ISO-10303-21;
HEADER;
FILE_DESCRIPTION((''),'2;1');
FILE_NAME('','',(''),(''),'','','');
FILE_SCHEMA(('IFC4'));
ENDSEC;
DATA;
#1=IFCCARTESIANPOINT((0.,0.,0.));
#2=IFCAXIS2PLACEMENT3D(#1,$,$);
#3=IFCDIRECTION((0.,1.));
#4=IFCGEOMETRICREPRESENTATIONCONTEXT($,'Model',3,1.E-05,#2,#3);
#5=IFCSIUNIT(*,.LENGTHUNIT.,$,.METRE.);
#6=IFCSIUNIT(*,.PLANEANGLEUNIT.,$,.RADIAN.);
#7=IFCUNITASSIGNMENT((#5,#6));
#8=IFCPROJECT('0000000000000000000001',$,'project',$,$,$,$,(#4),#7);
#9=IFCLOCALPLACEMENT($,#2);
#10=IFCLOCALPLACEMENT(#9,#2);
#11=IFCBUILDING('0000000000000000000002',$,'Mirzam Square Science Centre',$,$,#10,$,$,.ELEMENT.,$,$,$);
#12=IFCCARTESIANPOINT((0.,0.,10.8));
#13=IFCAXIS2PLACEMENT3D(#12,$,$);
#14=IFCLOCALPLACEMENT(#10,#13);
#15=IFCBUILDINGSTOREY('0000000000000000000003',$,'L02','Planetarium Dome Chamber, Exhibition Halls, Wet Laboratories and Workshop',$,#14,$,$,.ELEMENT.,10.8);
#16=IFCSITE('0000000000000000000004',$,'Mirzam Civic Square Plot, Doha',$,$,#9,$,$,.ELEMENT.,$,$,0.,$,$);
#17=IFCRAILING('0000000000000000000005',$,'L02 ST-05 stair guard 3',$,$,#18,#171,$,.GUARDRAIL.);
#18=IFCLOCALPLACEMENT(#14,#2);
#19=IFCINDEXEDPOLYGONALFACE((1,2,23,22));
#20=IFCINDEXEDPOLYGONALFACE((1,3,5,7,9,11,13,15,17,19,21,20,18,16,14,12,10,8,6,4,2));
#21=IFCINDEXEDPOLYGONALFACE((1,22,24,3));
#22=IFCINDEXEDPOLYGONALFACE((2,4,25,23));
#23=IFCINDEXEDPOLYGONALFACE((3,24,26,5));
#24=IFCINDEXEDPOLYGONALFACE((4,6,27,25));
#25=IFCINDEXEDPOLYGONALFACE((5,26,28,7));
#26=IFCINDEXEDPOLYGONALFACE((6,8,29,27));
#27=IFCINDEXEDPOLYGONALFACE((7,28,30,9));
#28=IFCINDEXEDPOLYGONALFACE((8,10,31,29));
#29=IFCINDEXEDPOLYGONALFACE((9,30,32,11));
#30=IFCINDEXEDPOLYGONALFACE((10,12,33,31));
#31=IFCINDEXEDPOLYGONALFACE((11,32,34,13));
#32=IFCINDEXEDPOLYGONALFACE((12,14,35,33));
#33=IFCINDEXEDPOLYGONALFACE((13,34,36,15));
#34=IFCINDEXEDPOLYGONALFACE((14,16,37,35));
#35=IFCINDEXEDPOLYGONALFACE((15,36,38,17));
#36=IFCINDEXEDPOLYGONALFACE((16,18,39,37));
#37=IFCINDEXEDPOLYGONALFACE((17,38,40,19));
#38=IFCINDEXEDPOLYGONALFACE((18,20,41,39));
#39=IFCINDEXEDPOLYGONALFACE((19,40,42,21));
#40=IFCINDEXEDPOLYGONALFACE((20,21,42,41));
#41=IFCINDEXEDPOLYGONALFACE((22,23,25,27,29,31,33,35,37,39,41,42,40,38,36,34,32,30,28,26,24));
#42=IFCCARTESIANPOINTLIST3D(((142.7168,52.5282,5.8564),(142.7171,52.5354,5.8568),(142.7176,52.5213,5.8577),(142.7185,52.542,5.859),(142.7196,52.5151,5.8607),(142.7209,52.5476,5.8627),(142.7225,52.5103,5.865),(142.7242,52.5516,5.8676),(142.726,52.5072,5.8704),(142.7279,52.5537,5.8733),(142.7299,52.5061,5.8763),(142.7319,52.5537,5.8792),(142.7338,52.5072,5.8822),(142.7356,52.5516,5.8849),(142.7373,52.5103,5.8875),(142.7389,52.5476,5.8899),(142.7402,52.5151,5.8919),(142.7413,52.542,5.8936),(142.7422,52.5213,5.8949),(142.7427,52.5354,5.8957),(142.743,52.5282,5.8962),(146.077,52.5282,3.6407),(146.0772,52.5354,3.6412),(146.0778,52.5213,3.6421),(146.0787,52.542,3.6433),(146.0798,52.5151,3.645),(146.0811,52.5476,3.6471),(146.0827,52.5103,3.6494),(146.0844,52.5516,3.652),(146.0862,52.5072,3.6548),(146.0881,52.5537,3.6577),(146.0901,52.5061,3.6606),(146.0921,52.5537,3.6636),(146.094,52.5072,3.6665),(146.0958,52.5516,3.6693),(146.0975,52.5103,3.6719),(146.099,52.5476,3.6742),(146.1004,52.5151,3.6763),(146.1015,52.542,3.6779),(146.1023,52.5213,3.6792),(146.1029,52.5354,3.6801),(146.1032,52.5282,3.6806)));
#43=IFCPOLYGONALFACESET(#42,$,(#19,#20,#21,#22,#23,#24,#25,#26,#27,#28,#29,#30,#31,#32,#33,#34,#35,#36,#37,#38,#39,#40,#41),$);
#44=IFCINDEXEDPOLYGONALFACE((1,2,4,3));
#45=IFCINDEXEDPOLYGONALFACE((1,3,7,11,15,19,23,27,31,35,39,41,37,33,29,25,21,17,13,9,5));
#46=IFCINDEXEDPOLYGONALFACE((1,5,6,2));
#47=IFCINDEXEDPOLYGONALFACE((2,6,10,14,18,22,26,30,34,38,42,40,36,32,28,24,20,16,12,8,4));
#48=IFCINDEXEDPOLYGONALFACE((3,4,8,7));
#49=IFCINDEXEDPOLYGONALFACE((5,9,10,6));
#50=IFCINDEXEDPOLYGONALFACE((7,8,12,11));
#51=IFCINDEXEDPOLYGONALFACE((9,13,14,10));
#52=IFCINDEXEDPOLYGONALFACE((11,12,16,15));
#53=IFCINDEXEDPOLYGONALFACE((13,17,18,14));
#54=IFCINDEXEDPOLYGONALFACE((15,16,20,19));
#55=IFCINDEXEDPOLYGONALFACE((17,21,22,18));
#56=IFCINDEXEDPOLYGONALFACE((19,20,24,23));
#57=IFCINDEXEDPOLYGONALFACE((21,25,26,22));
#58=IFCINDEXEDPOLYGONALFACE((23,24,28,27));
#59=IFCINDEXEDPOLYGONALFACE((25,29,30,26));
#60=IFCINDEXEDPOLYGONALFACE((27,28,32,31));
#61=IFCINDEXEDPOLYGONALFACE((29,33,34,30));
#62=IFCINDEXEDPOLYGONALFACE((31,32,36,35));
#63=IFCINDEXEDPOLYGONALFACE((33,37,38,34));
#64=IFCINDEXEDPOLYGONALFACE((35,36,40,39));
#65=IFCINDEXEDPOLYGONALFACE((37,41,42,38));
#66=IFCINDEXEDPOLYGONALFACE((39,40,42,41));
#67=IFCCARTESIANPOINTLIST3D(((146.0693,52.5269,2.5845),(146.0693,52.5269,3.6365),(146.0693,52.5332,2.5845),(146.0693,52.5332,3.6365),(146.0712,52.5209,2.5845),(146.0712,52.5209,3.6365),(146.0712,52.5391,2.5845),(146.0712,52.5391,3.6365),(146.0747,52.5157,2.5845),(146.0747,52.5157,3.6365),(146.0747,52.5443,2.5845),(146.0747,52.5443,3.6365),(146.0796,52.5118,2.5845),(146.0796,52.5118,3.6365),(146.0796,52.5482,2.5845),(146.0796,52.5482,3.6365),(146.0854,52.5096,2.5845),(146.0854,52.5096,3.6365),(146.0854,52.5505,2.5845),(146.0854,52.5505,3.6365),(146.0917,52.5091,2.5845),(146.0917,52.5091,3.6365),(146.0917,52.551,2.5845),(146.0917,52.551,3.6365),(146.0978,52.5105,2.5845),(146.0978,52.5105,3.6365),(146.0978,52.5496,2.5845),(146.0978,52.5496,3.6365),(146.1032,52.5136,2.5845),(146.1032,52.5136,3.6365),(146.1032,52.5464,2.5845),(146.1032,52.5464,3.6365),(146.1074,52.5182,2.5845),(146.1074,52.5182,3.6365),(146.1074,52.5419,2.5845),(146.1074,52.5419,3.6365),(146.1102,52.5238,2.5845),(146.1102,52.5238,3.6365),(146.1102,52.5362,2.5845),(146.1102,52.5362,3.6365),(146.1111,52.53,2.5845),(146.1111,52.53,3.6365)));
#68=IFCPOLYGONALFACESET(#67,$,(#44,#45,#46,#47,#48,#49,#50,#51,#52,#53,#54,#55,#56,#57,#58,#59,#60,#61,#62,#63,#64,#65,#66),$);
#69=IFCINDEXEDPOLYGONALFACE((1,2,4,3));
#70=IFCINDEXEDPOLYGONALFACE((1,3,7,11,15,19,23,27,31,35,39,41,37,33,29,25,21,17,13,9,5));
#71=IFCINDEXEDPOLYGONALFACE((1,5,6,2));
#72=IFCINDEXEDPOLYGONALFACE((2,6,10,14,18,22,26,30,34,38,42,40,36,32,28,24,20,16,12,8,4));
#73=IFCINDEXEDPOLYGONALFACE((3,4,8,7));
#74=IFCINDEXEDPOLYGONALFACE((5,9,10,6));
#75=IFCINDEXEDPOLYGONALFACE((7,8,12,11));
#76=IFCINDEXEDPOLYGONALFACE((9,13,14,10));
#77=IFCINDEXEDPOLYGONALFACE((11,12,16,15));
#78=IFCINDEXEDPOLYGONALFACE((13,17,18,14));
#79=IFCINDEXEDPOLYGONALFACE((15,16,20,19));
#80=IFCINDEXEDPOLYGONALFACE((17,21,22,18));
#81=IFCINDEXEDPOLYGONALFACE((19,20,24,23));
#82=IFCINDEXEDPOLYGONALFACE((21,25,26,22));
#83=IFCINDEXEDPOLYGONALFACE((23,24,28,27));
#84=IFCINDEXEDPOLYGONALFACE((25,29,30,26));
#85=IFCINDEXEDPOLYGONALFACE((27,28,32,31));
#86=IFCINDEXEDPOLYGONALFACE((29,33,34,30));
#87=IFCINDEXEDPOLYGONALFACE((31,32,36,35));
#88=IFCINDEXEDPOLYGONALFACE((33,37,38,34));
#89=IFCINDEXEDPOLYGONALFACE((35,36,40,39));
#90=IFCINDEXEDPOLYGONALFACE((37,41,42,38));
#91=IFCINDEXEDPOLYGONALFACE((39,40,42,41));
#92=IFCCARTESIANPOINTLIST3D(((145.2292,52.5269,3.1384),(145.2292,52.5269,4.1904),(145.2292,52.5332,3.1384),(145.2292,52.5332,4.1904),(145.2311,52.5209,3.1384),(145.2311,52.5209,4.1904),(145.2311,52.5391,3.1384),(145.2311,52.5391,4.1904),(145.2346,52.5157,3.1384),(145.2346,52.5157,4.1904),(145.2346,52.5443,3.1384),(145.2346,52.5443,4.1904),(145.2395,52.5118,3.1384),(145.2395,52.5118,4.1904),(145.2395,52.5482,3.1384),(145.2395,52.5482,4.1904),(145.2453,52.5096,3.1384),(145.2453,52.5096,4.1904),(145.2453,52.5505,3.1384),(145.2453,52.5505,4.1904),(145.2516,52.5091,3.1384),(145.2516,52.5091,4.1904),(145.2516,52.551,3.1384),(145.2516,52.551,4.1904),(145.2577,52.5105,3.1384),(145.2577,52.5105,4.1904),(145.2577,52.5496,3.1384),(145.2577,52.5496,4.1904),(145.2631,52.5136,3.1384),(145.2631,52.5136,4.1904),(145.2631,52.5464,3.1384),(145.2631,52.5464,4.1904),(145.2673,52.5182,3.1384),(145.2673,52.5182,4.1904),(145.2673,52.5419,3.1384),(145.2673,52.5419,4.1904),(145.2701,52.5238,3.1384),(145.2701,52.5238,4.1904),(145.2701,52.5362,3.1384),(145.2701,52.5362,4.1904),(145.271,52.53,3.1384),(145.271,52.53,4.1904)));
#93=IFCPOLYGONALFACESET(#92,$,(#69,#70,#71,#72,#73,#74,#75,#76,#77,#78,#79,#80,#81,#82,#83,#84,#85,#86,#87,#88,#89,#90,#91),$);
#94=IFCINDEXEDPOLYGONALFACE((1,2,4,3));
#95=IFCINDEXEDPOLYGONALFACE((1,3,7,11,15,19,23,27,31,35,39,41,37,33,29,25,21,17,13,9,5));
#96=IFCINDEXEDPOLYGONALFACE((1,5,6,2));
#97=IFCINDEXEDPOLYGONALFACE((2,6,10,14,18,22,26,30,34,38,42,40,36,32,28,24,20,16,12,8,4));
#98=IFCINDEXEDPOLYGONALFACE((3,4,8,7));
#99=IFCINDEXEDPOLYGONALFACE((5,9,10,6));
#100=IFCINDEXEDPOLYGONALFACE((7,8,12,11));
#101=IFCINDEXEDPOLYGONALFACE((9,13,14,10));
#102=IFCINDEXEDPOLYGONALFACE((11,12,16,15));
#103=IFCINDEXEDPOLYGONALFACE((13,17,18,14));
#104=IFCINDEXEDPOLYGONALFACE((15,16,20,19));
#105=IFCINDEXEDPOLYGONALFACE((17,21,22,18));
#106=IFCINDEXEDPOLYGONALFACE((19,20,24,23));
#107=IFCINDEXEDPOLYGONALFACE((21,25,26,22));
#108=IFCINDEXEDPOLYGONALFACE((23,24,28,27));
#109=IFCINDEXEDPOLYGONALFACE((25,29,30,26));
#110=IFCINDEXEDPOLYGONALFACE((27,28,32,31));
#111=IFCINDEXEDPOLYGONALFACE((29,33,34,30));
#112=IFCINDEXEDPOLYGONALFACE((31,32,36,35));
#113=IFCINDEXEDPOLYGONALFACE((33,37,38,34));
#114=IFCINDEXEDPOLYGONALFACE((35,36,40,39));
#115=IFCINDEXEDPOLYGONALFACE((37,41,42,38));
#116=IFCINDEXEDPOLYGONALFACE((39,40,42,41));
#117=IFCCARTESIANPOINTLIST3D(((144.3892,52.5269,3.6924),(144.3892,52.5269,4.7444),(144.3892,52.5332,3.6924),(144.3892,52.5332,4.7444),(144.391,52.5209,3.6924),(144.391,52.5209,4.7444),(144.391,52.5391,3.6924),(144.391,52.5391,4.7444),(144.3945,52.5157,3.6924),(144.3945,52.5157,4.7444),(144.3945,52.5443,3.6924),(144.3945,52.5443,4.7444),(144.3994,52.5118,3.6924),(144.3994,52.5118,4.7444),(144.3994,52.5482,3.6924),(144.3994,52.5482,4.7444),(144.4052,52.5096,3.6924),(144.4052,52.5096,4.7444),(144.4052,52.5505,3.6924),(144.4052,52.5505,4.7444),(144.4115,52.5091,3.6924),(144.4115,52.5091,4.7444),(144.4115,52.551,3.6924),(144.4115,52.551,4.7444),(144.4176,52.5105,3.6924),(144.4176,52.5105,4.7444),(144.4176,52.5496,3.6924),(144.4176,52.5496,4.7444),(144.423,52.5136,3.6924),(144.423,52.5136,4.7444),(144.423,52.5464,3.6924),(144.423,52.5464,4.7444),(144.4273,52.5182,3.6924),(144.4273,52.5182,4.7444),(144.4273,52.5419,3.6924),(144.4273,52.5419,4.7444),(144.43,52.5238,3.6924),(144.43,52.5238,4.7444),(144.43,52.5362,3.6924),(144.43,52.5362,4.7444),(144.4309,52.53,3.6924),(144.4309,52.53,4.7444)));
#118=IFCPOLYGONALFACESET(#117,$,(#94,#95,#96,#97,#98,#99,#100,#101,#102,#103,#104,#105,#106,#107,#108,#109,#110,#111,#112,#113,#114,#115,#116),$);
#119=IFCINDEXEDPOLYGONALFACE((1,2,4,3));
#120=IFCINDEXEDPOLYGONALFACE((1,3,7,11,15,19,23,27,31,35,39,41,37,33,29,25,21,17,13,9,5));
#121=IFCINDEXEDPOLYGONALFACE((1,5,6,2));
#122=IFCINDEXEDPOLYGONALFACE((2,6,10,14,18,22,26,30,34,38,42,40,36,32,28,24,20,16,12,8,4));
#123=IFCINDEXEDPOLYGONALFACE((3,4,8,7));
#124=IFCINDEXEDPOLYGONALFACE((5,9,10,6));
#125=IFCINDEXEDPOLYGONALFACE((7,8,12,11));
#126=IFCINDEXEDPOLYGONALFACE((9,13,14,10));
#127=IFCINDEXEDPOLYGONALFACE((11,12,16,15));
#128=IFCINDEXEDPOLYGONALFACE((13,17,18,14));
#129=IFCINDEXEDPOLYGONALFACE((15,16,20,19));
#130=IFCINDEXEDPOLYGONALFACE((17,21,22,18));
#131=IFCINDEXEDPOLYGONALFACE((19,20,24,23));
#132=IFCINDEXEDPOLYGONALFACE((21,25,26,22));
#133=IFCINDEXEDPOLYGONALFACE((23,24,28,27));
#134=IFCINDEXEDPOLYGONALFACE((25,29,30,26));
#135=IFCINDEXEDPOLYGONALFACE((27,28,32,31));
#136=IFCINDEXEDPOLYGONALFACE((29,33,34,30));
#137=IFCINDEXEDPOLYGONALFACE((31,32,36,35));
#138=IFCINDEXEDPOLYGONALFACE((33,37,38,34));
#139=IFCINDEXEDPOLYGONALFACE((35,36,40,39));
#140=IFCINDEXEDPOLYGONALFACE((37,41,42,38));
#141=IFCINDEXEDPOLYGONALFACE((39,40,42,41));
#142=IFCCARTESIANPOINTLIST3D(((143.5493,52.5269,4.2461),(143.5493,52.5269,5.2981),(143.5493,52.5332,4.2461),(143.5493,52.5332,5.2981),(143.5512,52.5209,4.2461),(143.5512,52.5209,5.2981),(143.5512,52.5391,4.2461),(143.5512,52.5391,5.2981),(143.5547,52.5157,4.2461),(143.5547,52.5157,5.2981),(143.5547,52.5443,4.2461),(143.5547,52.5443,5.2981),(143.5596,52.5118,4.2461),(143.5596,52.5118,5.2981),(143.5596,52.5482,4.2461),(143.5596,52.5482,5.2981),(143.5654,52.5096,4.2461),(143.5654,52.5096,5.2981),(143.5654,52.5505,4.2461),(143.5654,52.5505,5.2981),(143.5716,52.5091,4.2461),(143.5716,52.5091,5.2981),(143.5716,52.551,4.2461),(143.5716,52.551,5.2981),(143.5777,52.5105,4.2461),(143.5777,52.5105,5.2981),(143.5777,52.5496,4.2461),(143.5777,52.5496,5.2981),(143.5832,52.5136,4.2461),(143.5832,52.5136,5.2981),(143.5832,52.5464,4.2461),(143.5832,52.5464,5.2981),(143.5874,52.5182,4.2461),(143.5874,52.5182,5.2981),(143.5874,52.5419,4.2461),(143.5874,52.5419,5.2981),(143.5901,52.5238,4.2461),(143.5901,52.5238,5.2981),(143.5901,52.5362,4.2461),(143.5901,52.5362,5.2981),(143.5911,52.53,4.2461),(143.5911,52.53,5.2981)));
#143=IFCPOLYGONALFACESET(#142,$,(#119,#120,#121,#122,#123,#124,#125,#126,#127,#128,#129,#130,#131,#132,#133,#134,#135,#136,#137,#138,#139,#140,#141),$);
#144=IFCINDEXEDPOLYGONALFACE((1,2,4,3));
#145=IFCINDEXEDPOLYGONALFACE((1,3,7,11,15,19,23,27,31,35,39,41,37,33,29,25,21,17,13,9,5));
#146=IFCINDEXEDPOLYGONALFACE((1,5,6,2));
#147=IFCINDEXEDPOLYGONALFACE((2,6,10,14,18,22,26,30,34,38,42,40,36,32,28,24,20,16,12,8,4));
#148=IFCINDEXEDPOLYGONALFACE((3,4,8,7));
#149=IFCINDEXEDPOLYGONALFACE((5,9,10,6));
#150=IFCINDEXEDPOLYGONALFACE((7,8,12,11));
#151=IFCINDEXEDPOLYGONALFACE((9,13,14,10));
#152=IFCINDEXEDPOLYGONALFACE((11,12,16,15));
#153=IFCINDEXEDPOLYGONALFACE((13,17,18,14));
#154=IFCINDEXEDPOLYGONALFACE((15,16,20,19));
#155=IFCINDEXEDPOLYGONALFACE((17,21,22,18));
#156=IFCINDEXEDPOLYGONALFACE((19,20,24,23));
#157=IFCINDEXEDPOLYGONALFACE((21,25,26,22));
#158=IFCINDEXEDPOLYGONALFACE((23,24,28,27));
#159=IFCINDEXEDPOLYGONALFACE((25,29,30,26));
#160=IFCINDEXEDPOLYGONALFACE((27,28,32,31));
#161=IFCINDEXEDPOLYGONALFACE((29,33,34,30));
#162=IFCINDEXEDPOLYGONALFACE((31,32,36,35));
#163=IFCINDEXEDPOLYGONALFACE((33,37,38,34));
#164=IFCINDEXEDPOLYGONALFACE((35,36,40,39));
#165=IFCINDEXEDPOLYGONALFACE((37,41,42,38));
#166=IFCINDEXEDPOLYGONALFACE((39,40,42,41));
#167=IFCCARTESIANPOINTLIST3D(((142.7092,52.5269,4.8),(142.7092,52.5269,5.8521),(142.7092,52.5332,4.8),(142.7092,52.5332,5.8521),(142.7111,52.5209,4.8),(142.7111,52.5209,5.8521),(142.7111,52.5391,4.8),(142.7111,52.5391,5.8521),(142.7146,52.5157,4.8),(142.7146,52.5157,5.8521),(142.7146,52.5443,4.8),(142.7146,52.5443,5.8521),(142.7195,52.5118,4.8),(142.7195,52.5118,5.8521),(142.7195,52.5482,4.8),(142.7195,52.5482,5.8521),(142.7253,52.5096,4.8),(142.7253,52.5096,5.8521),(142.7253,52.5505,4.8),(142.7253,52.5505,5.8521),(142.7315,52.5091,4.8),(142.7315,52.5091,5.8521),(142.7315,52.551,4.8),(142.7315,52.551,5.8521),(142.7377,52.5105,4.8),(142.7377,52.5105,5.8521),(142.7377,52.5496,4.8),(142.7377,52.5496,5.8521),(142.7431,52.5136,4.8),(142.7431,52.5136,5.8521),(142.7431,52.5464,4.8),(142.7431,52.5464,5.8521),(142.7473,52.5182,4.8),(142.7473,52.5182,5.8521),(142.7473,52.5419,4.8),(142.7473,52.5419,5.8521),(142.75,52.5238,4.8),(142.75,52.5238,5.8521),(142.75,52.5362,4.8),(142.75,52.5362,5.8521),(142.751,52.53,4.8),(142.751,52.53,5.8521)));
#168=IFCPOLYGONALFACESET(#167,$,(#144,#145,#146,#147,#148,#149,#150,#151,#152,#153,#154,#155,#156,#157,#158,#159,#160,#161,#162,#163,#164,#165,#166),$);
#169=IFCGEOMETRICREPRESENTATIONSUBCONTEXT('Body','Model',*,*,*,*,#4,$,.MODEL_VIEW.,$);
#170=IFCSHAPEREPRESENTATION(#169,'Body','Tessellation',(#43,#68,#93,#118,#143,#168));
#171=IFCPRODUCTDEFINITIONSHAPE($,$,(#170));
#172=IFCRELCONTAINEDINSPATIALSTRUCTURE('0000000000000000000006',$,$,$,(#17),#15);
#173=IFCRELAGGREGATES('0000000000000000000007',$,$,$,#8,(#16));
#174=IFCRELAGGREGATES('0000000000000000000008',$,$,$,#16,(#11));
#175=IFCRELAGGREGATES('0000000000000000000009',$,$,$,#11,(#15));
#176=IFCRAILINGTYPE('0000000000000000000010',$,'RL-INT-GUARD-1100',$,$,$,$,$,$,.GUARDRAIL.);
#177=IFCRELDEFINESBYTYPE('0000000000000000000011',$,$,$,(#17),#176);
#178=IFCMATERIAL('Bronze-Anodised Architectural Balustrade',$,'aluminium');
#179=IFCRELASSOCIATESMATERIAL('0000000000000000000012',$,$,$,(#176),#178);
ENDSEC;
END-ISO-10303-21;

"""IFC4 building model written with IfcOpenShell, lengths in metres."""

from ifc_helpers import new_model, si_unit, direction, frame, origin, origin_2d, place, context, subcontext, project, spatial, circle, extrude, material, type_object, element, save


model = new_model("IFC4")

# Units and contexts
model_context = context("Model", 3, precision=1e-05, world=origin(), true_north=direction((0.0, 1.0)))
body_context = subcontext(model_context, "Body", "Model", "MODEL_VIEW")
ifc_project = project(units=[si_unit("LENGTHUNIT", "METRE"), si_unit("PLANEANGLEUNIT", "RADIAN")], contexts=[model_context])

# Site, building, storey
site_placement = place(None, origin())
site = spatial("IfcSite", under=ifc_project, at=site_placement, Name="Mirzam Civic Square Plot, Doha", CompositionType="ELEMENT", RefElevation=0.0)
building_placement = place(site_placement, origin())
building = spatial("IfcBuilding", under=site, at=building_placement, Name="Mirzam Square Science Centre", CompositionType="ELEMENT")
storey_placement = place(building_placement, frame((0.0, 0.0, 10.8)))
storey = spatial("IfcBuildingStorey", under=building, at=storey_placement, Name="L02", Description="Planetarium Dome Chamber, Exhibition Halls, Wet Laboratories and Workshop", CompositionType="ELEMENT", Elevation=10.8)

# Railing
ifc_material_1 = material(Name="Bronze-Anodised Architectural Balustrade", Category="aluminium")
railing_type_1 = type_object("IfcRailingType", Name="RL-INT-GUARD-1100", PredefinedType="GUARDRAIL", material=ifc_material_1)
railing_1_placement = place(storey_placement, frame((146.0901, 52.53, 2.5845)))
element("IfcRailing", 1, at=railing_1_placement, inside=storey, type_object=railing_type_1, Name="L02 ST-05 stair guard 3", PredefinedType="GUARDRAIL", context=body_context, shape_type="SweptSolid", body=[
    extrude(circle(Radius=0.0239, at=origin_2d()), frame((0.0, 0.0, 1.0762), z_axis=(-0.834849, 0.0, 0.55048), x_axis=(0.0, -1.0, 0.0)), (0.0, 0.0, 1.0), 4.0249),
    extrude(circle(Radius=0.021, at=origin_2d()), origin(), (0.0, 0.0, 1.0), 1.052),
    extrude(circle(Radius=0.021, at=origin_2d()), frame((-0.8401, 0.0, 0.554)), (0.0, 0.0, 1.0), 1.052),
    extrude(circle(Radius=0.021, at=origin_2d()), frame((-1.6802, 0.0, 1.1079)), (0.0, 0.0, 1.0), 1.052),
    extrude(circle(Radius=0.021, at=origin_2d()), frame((-2.52, 0.0, 1.6616)), (0.0, 0.0, 1.0), 1.052),
    extrude(circle(Radius=0.021, at=origin_2d()), frame((-3.3601, 0.0, 2.2156)), (0.0, 0.0, 1.0), 1.052),
])

save(model, "model.ifc")
